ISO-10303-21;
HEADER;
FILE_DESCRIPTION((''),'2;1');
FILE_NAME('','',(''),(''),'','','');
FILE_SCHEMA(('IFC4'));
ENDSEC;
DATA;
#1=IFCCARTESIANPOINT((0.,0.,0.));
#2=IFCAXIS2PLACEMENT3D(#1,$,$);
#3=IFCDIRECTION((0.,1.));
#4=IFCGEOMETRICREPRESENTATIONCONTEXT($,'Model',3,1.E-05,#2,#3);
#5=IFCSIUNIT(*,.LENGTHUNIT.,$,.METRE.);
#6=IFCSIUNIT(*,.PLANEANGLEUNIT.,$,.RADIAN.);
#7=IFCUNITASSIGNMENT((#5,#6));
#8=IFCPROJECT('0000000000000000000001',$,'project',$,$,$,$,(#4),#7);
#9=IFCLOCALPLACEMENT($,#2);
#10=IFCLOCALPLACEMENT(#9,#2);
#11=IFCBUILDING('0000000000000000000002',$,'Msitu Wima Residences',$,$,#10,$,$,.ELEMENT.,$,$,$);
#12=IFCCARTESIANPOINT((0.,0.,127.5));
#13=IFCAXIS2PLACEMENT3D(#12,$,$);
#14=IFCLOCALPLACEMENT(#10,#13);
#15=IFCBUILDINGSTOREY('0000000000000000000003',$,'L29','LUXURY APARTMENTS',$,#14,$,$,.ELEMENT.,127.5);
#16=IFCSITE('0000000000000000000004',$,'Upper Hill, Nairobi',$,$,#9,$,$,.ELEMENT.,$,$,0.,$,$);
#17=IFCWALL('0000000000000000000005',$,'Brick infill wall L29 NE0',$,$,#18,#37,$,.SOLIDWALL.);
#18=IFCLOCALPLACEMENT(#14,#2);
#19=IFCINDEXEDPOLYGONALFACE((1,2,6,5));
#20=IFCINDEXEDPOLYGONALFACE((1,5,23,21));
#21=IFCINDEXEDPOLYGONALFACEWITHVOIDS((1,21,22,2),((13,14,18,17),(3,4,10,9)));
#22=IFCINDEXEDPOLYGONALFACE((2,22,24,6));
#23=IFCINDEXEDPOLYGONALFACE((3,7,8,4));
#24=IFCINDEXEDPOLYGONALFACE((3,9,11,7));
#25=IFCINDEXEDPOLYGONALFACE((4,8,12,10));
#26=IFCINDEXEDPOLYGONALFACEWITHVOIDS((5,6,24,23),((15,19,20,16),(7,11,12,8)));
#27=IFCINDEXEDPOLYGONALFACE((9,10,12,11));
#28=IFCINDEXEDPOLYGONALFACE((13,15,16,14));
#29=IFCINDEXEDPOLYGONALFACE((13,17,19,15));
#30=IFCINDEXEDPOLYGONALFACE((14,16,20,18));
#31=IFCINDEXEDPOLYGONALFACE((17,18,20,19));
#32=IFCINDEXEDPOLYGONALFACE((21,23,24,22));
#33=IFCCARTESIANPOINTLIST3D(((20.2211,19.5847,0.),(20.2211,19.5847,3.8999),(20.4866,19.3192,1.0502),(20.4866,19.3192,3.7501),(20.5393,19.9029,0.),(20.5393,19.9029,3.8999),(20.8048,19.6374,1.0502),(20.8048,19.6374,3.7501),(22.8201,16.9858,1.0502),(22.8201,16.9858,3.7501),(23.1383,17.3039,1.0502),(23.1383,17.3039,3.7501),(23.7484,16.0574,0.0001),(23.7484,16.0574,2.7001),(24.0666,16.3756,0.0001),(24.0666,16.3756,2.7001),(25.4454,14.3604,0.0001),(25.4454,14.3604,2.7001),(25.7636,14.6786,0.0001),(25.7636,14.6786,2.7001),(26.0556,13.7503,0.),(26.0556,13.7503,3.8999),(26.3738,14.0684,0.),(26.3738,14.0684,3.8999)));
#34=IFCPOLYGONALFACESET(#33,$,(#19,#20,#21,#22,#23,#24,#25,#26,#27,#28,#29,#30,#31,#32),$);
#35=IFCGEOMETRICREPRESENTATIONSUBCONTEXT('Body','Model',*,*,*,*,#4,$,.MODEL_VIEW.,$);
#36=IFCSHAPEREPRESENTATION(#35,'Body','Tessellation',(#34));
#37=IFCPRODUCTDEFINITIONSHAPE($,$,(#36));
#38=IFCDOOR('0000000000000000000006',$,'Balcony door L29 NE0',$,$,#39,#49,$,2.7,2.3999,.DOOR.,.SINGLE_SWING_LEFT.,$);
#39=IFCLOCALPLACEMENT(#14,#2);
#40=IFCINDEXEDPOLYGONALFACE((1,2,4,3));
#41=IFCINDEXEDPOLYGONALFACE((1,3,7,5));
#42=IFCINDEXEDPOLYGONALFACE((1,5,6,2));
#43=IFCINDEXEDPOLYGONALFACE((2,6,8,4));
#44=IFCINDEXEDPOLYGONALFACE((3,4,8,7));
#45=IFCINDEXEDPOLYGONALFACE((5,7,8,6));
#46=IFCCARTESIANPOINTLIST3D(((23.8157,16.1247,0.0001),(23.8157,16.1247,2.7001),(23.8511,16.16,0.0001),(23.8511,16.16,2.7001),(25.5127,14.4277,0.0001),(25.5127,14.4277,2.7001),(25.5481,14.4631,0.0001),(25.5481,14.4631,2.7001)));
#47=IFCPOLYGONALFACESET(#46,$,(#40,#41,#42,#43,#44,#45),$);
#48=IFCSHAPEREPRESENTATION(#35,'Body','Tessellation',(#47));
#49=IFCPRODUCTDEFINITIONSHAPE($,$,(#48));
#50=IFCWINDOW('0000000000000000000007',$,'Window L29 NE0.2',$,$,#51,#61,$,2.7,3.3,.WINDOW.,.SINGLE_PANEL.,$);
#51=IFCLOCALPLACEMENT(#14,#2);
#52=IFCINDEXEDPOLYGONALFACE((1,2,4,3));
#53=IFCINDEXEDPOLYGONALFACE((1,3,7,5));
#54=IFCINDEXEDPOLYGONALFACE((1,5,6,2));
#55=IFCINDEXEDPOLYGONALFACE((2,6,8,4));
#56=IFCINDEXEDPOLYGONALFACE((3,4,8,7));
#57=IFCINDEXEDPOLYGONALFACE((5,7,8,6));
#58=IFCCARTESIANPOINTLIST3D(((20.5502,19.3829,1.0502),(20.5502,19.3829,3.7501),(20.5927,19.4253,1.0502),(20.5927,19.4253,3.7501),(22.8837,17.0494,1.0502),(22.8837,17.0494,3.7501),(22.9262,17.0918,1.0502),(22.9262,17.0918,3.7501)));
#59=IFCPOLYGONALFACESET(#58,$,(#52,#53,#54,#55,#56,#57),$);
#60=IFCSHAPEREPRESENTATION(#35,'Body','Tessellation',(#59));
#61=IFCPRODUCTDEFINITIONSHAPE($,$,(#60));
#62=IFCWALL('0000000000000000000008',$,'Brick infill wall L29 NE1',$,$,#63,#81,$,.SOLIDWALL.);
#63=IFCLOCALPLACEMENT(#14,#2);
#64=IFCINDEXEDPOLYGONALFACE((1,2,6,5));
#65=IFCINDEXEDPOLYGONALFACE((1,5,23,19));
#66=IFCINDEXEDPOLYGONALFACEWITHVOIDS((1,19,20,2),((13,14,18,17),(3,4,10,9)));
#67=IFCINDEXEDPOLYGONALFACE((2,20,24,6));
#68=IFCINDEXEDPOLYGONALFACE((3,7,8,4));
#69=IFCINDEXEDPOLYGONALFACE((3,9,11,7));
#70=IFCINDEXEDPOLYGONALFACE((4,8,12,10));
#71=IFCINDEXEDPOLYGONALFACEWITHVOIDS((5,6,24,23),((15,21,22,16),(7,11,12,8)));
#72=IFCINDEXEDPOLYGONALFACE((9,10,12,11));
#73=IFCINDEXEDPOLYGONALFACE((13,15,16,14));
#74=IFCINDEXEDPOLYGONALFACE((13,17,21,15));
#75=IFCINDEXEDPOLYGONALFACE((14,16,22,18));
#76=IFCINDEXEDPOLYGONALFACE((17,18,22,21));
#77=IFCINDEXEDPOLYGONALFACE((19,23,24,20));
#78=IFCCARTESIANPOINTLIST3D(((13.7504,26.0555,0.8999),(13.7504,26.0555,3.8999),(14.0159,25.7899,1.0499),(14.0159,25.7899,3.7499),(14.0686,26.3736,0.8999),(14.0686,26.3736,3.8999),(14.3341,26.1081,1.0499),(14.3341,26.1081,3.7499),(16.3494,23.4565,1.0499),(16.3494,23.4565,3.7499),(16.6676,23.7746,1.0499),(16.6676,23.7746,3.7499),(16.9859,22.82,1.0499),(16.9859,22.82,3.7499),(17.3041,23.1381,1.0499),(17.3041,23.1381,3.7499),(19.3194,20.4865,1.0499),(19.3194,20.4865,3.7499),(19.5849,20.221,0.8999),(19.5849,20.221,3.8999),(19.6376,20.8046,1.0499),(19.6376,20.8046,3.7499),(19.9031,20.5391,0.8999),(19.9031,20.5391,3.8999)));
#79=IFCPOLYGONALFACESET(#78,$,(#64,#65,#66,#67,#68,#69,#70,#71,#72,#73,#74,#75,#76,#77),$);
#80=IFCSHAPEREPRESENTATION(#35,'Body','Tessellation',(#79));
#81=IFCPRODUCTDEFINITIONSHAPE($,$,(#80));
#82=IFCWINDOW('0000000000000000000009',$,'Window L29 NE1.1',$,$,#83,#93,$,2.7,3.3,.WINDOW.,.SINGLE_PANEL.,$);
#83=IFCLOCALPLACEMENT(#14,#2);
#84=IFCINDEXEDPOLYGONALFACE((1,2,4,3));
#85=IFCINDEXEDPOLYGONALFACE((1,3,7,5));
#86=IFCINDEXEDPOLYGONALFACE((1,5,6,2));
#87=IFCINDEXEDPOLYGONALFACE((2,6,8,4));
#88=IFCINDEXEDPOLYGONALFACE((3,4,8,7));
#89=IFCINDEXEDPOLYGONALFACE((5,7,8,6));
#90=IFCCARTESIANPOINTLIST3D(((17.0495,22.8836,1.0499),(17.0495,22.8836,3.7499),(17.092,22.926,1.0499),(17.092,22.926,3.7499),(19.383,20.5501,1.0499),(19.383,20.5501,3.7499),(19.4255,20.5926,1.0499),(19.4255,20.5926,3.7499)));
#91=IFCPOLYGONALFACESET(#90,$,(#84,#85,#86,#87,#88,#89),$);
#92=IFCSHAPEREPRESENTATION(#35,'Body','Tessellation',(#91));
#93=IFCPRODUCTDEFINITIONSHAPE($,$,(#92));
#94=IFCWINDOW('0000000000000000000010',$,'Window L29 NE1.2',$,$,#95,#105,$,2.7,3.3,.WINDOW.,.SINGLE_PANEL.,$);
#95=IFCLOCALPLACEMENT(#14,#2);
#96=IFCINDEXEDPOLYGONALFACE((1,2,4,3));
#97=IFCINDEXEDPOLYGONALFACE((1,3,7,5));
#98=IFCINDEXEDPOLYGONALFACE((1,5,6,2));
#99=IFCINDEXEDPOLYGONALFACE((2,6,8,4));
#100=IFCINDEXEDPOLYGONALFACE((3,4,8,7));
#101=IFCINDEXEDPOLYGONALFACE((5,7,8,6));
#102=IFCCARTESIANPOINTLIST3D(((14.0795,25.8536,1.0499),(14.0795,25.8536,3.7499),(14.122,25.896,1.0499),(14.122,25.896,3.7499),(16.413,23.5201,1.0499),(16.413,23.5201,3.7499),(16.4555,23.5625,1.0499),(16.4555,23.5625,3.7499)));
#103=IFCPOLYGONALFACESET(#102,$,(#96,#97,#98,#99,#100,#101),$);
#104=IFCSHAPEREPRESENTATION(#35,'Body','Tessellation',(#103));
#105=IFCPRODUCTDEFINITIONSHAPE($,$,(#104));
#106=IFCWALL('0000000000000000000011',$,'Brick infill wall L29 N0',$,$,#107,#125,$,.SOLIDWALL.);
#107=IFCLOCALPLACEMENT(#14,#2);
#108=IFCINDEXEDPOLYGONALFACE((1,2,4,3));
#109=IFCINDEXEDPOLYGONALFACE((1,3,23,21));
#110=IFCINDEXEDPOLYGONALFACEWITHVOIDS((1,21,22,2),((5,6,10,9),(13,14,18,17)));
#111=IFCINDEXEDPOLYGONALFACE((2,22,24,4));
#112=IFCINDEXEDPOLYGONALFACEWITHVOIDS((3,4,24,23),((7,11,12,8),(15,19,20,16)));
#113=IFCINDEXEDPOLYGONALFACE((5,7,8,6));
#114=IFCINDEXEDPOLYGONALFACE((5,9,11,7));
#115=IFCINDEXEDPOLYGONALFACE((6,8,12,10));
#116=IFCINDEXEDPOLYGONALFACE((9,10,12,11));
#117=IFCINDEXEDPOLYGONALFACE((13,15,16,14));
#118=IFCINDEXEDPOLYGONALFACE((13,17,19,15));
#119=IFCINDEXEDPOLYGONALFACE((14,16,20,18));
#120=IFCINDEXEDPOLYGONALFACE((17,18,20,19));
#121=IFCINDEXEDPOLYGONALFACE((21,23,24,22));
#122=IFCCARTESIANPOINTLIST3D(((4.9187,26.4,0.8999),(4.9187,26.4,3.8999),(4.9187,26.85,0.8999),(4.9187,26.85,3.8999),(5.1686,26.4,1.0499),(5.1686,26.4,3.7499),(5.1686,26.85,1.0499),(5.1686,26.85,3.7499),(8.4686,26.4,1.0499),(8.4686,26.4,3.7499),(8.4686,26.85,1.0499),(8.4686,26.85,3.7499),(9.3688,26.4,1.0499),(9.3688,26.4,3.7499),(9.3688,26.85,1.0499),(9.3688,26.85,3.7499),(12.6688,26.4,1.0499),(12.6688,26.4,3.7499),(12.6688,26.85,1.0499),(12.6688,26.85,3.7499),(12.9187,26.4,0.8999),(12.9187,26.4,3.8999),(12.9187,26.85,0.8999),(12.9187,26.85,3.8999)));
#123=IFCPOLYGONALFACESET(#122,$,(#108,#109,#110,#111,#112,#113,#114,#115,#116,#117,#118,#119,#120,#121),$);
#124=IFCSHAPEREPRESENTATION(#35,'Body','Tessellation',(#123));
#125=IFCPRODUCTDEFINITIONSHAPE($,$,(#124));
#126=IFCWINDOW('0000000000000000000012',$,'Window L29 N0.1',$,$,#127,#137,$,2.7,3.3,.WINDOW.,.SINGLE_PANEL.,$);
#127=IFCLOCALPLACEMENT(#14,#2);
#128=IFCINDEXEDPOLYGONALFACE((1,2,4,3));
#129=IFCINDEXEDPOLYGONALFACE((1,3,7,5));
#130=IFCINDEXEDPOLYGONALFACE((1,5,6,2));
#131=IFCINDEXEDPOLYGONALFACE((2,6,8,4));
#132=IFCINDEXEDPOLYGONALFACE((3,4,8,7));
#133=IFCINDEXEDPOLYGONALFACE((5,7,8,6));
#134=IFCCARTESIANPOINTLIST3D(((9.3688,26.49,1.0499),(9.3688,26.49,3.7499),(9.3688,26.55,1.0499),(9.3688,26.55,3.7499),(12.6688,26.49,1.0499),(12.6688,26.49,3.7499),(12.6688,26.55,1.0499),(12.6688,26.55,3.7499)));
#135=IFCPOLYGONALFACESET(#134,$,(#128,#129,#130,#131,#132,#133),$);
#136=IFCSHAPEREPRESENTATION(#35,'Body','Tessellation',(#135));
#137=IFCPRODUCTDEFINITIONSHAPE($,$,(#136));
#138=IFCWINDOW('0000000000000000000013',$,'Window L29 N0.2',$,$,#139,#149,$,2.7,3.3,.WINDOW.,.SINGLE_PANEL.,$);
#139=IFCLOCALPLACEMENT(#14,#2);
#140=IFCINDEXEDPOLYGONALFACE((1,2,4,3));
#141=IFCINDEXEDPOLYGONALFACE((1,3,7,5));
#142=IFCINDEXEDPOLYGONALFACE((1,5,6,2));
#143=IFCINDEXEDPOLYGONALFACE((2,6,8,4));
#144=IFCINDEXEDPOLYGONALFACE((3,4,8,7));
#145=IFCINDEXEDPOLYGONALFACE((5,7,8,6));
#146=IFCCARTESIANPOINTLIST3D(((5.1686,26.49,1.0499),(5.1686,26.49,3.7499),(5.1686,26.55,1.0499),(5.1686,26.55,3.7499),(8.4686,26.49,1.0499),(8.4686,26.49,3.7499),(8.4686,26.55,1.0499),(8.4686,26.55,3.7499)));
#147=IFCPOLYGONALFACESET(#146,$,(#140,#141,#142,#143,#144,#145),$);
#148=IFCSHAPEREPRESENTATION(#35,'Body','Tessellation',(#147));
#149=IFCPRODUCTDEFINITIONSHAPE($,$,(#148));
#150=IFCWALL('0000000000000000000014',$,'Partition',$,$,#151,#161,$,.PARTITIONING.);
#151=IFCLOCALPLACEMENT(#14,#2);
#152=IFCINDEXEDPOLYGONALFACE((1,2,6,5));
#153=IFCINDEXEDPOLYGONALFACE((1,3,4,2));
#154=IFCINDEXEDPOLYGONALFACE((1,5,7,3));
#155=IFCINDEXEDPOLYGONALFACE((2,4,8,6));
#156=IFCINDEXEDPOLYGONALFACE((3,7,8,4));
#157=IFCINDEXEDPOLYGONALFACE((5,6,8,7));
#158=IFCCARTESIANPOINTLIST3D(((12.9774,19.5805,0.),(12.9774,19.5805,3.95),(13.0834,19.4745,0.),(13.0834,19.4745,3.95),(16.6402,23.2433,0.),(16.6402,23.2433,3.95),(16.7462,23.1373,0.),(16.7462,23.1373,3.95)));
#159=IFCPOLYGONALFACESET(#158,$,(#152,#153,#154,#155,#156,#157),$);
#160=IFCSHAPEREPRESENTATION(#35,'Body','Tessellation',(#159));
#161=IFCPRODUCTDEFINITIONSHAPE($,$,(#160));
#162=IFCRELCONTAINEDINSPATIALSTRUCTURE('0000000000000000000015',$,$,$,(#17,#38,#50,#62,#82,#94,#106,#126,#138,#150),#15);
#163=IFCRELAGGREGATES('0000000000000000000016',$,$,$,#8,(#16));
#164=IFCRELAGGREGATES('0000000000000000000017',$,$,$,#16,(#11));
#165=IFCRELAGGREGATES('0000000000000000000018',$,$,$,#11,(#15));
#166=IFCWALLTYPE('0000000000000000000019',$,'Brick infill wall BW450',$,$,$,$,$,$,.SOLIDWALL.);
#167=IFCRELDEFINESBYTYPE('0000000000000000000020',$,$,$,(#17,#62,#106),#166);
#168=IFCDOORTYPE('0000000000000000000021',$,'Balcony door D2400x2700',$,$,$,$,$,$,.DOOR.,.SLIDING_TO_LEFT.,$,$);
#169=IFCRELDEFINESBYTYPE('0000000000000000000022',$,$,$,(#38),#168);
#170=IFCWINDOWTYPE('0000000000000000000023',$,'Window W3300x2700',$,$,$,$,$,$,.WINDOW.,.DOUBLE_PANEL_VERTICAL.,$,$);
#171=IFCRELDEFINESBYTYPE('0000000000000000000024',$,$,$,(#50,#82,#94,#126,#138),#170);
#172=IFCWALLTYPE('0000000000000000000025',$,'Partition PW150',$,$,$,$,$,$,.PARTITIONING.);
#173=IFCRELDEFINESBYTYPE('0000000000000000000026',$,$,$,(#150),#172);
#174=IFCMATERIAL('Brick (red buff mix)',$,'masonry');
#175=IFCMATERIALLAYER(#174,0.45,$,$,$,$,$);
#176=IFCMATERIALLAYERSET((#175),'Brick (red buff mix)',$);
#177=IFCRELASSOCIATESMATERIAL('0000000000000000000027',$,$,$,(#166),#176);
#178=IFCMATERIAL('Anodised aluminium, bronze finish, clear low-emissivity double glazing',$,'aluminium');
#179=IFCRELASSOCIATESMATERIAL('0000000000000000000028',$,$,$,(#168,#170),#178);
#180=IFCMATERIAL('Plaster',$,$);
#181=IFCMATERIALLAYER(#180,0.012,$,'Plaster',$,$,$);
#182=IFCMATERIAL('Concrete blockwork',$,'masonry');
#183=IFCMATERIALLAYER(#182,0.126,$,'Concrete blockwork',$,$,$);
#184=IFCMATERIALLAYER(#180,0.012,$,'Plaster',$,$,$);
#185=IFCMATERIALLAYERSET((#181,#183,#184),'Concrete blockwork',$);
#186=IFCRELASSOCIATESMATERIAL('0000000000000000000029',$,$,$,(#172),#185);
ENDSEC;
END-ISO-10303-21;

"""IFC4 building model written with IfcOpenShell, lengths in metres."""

from ifc_helpers import new_model, si_unit, direction, frame, frame_2d, origin, place, context, subcontext, project, spatial, rectangle, extrude, material, layer, layer_set, type_object, element, fill, save


model = new_model("IFC4")

# Units and contexts
model_context = context("Model", 3, precision=1e-05, world=origin(), true_north=direction((0.0, 1.0)))
body_context = subcontext(model_context, "Body", "Model", "MODEL_VIEW")
ifc_project = project(units=[si_unit("LENGTHUNIT", "METRE"), si_unit("PLANEANGLEUNIT", "RADIAN")], contexts=[model_context])

# Site, building, storey
site_placement = place(None, origin())
site = spatial("IfcSite", under=ifc_project, at=site_placement, Name="Upper Hill, Nairobi", CompositionType="ELEMENT", RefElevation=0.0)
building_placement = place(site_placement, origin())
building = spatial("IfcBuilding", under=site, at=building_placement, Name="Msitu Wima Residences", CompositionType="ELEMENT")
storey_placement = place(building_placement, frame((0.0, 0.0, 127.5)))
storey = spatial("IfcBuildingStorey", under=building, at=storey_placement, Name="L29", Description="LUXURY APARTMENTS", CompositionType="ELEMENT", Elevation=127.5)

# Wall, openings, door, window
ifc_material_1 = material(Name="Brick (red buff mix)", Category="masonry")
ifc_layer_1 = layer(ifc_material_1, 0.45)
ifc_layer_set_1 = layer_set([ifc_layer_1], Name="Brick (red buff mix)")
wall_type_1 = type_object("IfcWallType", Name="Brick infill wall BW450", PredefinedType="SOLIDWALL", material=ifc_layer_set_1)
wall_1_placement = place(storey_placement, frame((26.2146, 13.9094, 0.0), z_axis=(0.0, 0.0, 1.0), x_axis=(-0.707107, 0.707107, 0.0)))
wall_1 = element("IfcWall", 1, at=wall_1_placement, inside=storey, type_object=wall_type_1, Name="Brick infill wall L29 NE0", PredefinedType="SOLIDWALL", context=body_context, shape_type="SweptSolid", body=[
    extrude(rectangle(XDim=8.2512, YDim=0.45, at=frame_2d((4.1255, 0.0))), origin(), (0.0, 0.0, 1.0), 3.8999),
])
opening_1_placement = place(wall_1_placement, frame((0.8628, 0.0, 0.0)))
opening_1 = element("IfcOpeningElement", 2, at=opening_1_placement, cuts=wall_1, PredefinedType="OPENING", context=body_context, shape_type="SweptSolid", body=[
    extrude(rectangle(XDim=2.3999, YDim=2.7, at=frame_2d((1.2, 1.3501))), frame((0.0, 0.2349, 0.0), z_axis=(0.0, -1.0, 0.0), x_axis=(1.0, 0.0, 0.0)), (0.0, 0.0, 1.0), 0.47),
])
opening_2_placement = place(wall_1_placement, frame((4.5757, 0.0, 1.05)))
opening_2 = element("IfcOpeningElement", 3, at=opening_2_placement, cuts=wall_1, PredefinedType="OPENING", context=body_context, shape_type="SweptSolid", body=[
    extrude(rectangle(XDim=3.3, YDim=2.7, at=frame_2d((1.6499, 1.3501))), frame((0.0, 0.2349, 0.0), z_axis=(0.0, -1.0, 0.0), x_axis=(1.0, 0.0, 0.0)), (0.0, 0.0, 1.0), 0.47),
])
ifc_material_2 = material(Name="Anodised aluminium, bronze finish, clear low-emissivity double glazing", Category="aluminium")
door_type_1 = type_object("IfcDoorType", Name="Balcony door D2400x2700", OperationType="SLIDING_TO_LEFT", PredefinedType="DOOR", material=ifc_material_2)
door_1_placement = place(opening_1_placement, origin())
door_1 = element("IfcDoor", 4, at=door_1_placement, inside=storey, type_object=door_type_1, Name="Balcony door L29 NE0", OperationType="SINGLE_SWING_LEFT", OverallHeight=2.7, OverallWidth=2.3999, PredefinedType="DOOR", context=body_context, shape_type="SweptSolid", body=[
    extrude(rectangle(XDim=2.3999, YDim=2.7, at=frame_2d((1.2, 1.3501))), frame((0.0, 0.1299, 0.0), z_axis=(0.0, -1.0, 0.0), x_axis=(1.0, 0.0, 0.0)), (0.0, 0.0, 1.0), 0.05),
])
fill(opening_1, door_1)
window_type = type_object("IfcWindowType", Name="Window W3300x2700", PartitioningType="DOUBLE_PANEL_VERTICAL", PredefinedType="WINDOW", material=ifc_material_2)
window_1_placement = place(opening_2_placement, origin())
window_1 = element("IfcWindow", 5, at=window_1_placement, inside=storey, type_object=window_type, Name="Window L29 NE0.2", OverallHeight=2.7, OverallWidth=3.3, PartitioningType="SINGLE_PANEL", PredefinedType="WINDOW", context=body_context, shape_type="SweptSolid", body=[
    extrude(rectangle(XDim=3.3, YDim=2.7, at=frame_2d((1.6499, 1.3501))), frame((0.0, 0.135, 0.0), z_axis=(0.0, -1.0, 0.0), x_axis=(1.0, 0.0, 0.0)), (0.0, 0.0, 1.0), 0.0601),
])
fill(opening_2, window_1)

# Walls, openings, windows
wall_2_placement = place(storey_placement, frame((19.7439, 20.3801, 0.8999), z_axis=(0.0, 0.0, 1.0), x_axis=(-0.707107, 0.707107, 0.0)))
wall_2 = element("IfcWall", 6, at=wall_2_placement, inside=storey, type_object=wall_type_1, Name="Brick infill wall L29 NE1", PredefinedType="SOLIDWALL", context=body_context, shape_type="SweptSolid", body=[
    extrude(rectangle(XDim=8.2512, YDim=0.45, at=frame_2d((4.1255, 0.0))), origin(), (0.0, 0.0, 1.0), 3.0),
])
opening_3_placement = place(wall_2_placement, frame((0.3755, 0.0, 0.1499)))
opening_3 = element("IfcOpeningElement", 7, at=opening_3_placement, cuts=wall_2, PredefinedType="OPENING", context=body_context, shape_type="SweptSolid", body=[
    extrude(rectangle(XDim=3.3, YDim=2.7, at=frame_2d((1.6499, 1.3501))), frame((0.0, 0.2349, 0.0), z_axis=(0.0, -1.0, 0.0), x_axis=(1.0, 0.0, 0.0)), (0.0, 0.0, 1.0), 0.47),
])
opening_4_placement = place(wall_2_placement, frame((4.5757, 0.0, 0.1499)))
opening_4 = element("IfcOpeningElement", 8, at=opening_4_placement, cuts=wall_2, PredefinedType="OPENING", context=body_context, shape_type="SweptSolid", body=[
    extrude(rectangle(XDim=3.3, YDim=2.7, at=frame_2d((1.6499, 1.3501))), frame((0.0, 0.2349, 0.0), z_axis=(0.0, -1.0, 0.0), x_axis=(1.0, 0.0, 0.0)), (0.0, 0.0, 1.0), 0.47),
])
window_2_placement = place(opening_3_placement, origin())
window_2 = element("IfcWindow", 9, at=window_2_placement, inside=storey, type_object=window_type, Name="Window L29 NE1.1", OverallHeight=2.7, OverallWidth=3.3, PartitioningType="SINGLE_PANEL", PredefinedType="WINDOW", context=body_context, shape_type="SweptSolid", body=[
    extrude(rectangle(XDim=3.3, YDim=2.7, at=frame_2d((1.6499, 1.3501))), frame((0.0, 0.135, 0.0), z_axis=(0.0, -1.0, 0.0), x_axis=(1.0, 0.0, 0.0)), (0.0, 0.0, 1.0), 0.0601),
])
fill(opening_3, window_2)
window_3_placement = place(opening_4_placement, origin())
window_3 = element("IfcWindow", 10, at=window_3_placement, inside=storey, type_object=window_type, Name="Window L29 NE1.2", OverallHeight=2.7, OverallWidth=3.3, PartitioningType="SINGLE_PANEL", PredefinedType="WINDOW", context=body_context, shape_type="SweptSolid", body=[
    extrude(rectangle(XDim=3.3, YDim=2.7, at=frame_2d((1.6499, 1.3501))), frame((0.0, 0.135, 0.0), z_axis=(0.0, -1.0, 0.0), x_axis=(1.0, 0.0, 0.0)), (0.0, 0.0, 1.0), 0.0601),
])
fill(opening_4, window_3)
wall_3_placement = place(storey_placement, frame((12.9187, 26.625, 0.8999), z_axis=(0.0, 0.0, 1.0), x_axis=(-1.0, 0.0, 0.0)))
wall_3 = element("IfcWall", 11, at=wall_3_placement, inside=storey, type_object=wall_type_1, Name="Brick infill wall L29 N0", PredefinedType="SOLIDWALL", context=body_context, shape_type="SweptSolid", body=[
    extrude(rectangle(XDim=8.0, YDim=0.45, at=frame_2d((4.0, 0.0))), origin(), (0.0, 0.0, 1.0), 3.0),
])
opening_5_placement = place(wall_3_placement, frame((0.25, 0.0, 0.1499)))
opening_5 = element("IfcOpeningElement", 12, at=opening_5_placement, cuts=wall_3, PredefinedType="OPENING", context=body_context, shape_type="SweptSolid", body=[
    extrude(rectangle(XDim=3.3, YDim=2.7, at=frame_2d((1.6499, 1.3501))), frame((0.0, 0.2349, 0.0), z_axis=(0.0, -1.0, 0.0), x_axis=(1.0, 0.0, 0.0)), (0.0, 0.0, 1.0), 0.47),
])
opening_6_placement = place(wall_3_placement, frame((4.4502, 0.0, 0.1499)))
opening_6 = element("IfcOpeningElement", 13, at=opening_6_placement, cuts=wall_3, PredefinedType="OPENING", context=body_context, shape_type="SweptSolid", body=[
    extrude(rectangle(XDim=3.3, YDim=2.7, at=frame_2d((1.6499, 1.3501))), frame((0.0, 0.2349, 0.0), z_axis=(0.0, -1.0, 0.0), x_axis=(1.0, 0.0, 0.0)), (0.0, 0.0, 1.0), 0.47),
])
window_4_placement = place(opening_5_placement, origin())
window_4 = element("IfcWindow", 14, at=window_4_placement, inside=storey, type_object=window_type, Name="Window L29 N0.1", OverallHeight=2.7, OverallWidth=3.3, PartitioningType="SINGLE_PANEL", PredefinedType="WINDOW", context=body_context, shape_type="SweptSolid", body=[
    extrude(rectangle(XDim=3.3, YDim=2.7, at=frame_2d((1.6499, 1.3501))), frame((0.0, 0.135, 0.0), z_axis=(0.0, -1.0, 0.0), x_axis=(1.0, 0.0, 0.0)), (0.0, 0.0, 1.0), 0.0601),
])
fill(opening_5, window_4)
window_5_placement = place(opening_6_placement, origin())
window_5 = element("IfcWindow", 15, at=window_5_placement, inside=storey, type_object=window_type, Name="Window L29 N0.2", OverallHeight=2.7, OverallWidth=3.3, PartitioningType="SINGLE_PANEL", PredefinedType="WINDOW", context=body_context, shape_type="SweptSolid", body=[
    extrude(rectangle(XDim=3.3, YDim=2.7, at=frame_2d((1.6499, 1.3501))), frame((0.0, 0.135, 0.0), z_axis=(0.0, -1.0, 0.0), x_axis=(1.0, 0.0, 0.0)), (0.0, 0.0, 1.0), 0.0601),
])
fill(opening_6, window_5)

# Wall
ifc_material_3 = material(Name="Plaster")
ifc_layer_2 = layer(ifc_material_3, 0.012, Name="Plaster")
ifc_material_4 = material(Name="Concrete blockwork", Category="masonry")
ifc_layer_3 = layer(ifc_material_4, 0.126, Name="Concrete blockwork")
ifc_layer_4 = layer(ifc_material_3, 0.012, Name="Plaster")
ifc_layer_set_2 = layer_set([ifc_layer_2, ifc_layer_3, ifc_layer_4], Name="Concrete blockwork")
wall_type_2 = type_object("IfcWallType", Name="Partition PW150", PredefinedType="PARTITIONING", material=ifc_layer_set_2)
wall_4_placement = place(storey_placement, frame((13.0305, 19.5276, 0.0), z_axis=(0.0, 0.0, 1.0), x_axis=(0.707107, 0.707107, 0.0)))
element("IfcWall", 16, at=wall_4_placement, inside=storey, type_object=wall_type_2, Name="Partition", PredefinedType="PARTITIONING", context=body_context, shape_type="SweptSolid", body=[
    extrude(rectangle(XDim=5.1799, YDim=0.1499, at=frame_2d((2.5898, 0.0))), origin(), (0.0, 0.0, 1.0), 3.95),
])

save(model, "model.ifc")
